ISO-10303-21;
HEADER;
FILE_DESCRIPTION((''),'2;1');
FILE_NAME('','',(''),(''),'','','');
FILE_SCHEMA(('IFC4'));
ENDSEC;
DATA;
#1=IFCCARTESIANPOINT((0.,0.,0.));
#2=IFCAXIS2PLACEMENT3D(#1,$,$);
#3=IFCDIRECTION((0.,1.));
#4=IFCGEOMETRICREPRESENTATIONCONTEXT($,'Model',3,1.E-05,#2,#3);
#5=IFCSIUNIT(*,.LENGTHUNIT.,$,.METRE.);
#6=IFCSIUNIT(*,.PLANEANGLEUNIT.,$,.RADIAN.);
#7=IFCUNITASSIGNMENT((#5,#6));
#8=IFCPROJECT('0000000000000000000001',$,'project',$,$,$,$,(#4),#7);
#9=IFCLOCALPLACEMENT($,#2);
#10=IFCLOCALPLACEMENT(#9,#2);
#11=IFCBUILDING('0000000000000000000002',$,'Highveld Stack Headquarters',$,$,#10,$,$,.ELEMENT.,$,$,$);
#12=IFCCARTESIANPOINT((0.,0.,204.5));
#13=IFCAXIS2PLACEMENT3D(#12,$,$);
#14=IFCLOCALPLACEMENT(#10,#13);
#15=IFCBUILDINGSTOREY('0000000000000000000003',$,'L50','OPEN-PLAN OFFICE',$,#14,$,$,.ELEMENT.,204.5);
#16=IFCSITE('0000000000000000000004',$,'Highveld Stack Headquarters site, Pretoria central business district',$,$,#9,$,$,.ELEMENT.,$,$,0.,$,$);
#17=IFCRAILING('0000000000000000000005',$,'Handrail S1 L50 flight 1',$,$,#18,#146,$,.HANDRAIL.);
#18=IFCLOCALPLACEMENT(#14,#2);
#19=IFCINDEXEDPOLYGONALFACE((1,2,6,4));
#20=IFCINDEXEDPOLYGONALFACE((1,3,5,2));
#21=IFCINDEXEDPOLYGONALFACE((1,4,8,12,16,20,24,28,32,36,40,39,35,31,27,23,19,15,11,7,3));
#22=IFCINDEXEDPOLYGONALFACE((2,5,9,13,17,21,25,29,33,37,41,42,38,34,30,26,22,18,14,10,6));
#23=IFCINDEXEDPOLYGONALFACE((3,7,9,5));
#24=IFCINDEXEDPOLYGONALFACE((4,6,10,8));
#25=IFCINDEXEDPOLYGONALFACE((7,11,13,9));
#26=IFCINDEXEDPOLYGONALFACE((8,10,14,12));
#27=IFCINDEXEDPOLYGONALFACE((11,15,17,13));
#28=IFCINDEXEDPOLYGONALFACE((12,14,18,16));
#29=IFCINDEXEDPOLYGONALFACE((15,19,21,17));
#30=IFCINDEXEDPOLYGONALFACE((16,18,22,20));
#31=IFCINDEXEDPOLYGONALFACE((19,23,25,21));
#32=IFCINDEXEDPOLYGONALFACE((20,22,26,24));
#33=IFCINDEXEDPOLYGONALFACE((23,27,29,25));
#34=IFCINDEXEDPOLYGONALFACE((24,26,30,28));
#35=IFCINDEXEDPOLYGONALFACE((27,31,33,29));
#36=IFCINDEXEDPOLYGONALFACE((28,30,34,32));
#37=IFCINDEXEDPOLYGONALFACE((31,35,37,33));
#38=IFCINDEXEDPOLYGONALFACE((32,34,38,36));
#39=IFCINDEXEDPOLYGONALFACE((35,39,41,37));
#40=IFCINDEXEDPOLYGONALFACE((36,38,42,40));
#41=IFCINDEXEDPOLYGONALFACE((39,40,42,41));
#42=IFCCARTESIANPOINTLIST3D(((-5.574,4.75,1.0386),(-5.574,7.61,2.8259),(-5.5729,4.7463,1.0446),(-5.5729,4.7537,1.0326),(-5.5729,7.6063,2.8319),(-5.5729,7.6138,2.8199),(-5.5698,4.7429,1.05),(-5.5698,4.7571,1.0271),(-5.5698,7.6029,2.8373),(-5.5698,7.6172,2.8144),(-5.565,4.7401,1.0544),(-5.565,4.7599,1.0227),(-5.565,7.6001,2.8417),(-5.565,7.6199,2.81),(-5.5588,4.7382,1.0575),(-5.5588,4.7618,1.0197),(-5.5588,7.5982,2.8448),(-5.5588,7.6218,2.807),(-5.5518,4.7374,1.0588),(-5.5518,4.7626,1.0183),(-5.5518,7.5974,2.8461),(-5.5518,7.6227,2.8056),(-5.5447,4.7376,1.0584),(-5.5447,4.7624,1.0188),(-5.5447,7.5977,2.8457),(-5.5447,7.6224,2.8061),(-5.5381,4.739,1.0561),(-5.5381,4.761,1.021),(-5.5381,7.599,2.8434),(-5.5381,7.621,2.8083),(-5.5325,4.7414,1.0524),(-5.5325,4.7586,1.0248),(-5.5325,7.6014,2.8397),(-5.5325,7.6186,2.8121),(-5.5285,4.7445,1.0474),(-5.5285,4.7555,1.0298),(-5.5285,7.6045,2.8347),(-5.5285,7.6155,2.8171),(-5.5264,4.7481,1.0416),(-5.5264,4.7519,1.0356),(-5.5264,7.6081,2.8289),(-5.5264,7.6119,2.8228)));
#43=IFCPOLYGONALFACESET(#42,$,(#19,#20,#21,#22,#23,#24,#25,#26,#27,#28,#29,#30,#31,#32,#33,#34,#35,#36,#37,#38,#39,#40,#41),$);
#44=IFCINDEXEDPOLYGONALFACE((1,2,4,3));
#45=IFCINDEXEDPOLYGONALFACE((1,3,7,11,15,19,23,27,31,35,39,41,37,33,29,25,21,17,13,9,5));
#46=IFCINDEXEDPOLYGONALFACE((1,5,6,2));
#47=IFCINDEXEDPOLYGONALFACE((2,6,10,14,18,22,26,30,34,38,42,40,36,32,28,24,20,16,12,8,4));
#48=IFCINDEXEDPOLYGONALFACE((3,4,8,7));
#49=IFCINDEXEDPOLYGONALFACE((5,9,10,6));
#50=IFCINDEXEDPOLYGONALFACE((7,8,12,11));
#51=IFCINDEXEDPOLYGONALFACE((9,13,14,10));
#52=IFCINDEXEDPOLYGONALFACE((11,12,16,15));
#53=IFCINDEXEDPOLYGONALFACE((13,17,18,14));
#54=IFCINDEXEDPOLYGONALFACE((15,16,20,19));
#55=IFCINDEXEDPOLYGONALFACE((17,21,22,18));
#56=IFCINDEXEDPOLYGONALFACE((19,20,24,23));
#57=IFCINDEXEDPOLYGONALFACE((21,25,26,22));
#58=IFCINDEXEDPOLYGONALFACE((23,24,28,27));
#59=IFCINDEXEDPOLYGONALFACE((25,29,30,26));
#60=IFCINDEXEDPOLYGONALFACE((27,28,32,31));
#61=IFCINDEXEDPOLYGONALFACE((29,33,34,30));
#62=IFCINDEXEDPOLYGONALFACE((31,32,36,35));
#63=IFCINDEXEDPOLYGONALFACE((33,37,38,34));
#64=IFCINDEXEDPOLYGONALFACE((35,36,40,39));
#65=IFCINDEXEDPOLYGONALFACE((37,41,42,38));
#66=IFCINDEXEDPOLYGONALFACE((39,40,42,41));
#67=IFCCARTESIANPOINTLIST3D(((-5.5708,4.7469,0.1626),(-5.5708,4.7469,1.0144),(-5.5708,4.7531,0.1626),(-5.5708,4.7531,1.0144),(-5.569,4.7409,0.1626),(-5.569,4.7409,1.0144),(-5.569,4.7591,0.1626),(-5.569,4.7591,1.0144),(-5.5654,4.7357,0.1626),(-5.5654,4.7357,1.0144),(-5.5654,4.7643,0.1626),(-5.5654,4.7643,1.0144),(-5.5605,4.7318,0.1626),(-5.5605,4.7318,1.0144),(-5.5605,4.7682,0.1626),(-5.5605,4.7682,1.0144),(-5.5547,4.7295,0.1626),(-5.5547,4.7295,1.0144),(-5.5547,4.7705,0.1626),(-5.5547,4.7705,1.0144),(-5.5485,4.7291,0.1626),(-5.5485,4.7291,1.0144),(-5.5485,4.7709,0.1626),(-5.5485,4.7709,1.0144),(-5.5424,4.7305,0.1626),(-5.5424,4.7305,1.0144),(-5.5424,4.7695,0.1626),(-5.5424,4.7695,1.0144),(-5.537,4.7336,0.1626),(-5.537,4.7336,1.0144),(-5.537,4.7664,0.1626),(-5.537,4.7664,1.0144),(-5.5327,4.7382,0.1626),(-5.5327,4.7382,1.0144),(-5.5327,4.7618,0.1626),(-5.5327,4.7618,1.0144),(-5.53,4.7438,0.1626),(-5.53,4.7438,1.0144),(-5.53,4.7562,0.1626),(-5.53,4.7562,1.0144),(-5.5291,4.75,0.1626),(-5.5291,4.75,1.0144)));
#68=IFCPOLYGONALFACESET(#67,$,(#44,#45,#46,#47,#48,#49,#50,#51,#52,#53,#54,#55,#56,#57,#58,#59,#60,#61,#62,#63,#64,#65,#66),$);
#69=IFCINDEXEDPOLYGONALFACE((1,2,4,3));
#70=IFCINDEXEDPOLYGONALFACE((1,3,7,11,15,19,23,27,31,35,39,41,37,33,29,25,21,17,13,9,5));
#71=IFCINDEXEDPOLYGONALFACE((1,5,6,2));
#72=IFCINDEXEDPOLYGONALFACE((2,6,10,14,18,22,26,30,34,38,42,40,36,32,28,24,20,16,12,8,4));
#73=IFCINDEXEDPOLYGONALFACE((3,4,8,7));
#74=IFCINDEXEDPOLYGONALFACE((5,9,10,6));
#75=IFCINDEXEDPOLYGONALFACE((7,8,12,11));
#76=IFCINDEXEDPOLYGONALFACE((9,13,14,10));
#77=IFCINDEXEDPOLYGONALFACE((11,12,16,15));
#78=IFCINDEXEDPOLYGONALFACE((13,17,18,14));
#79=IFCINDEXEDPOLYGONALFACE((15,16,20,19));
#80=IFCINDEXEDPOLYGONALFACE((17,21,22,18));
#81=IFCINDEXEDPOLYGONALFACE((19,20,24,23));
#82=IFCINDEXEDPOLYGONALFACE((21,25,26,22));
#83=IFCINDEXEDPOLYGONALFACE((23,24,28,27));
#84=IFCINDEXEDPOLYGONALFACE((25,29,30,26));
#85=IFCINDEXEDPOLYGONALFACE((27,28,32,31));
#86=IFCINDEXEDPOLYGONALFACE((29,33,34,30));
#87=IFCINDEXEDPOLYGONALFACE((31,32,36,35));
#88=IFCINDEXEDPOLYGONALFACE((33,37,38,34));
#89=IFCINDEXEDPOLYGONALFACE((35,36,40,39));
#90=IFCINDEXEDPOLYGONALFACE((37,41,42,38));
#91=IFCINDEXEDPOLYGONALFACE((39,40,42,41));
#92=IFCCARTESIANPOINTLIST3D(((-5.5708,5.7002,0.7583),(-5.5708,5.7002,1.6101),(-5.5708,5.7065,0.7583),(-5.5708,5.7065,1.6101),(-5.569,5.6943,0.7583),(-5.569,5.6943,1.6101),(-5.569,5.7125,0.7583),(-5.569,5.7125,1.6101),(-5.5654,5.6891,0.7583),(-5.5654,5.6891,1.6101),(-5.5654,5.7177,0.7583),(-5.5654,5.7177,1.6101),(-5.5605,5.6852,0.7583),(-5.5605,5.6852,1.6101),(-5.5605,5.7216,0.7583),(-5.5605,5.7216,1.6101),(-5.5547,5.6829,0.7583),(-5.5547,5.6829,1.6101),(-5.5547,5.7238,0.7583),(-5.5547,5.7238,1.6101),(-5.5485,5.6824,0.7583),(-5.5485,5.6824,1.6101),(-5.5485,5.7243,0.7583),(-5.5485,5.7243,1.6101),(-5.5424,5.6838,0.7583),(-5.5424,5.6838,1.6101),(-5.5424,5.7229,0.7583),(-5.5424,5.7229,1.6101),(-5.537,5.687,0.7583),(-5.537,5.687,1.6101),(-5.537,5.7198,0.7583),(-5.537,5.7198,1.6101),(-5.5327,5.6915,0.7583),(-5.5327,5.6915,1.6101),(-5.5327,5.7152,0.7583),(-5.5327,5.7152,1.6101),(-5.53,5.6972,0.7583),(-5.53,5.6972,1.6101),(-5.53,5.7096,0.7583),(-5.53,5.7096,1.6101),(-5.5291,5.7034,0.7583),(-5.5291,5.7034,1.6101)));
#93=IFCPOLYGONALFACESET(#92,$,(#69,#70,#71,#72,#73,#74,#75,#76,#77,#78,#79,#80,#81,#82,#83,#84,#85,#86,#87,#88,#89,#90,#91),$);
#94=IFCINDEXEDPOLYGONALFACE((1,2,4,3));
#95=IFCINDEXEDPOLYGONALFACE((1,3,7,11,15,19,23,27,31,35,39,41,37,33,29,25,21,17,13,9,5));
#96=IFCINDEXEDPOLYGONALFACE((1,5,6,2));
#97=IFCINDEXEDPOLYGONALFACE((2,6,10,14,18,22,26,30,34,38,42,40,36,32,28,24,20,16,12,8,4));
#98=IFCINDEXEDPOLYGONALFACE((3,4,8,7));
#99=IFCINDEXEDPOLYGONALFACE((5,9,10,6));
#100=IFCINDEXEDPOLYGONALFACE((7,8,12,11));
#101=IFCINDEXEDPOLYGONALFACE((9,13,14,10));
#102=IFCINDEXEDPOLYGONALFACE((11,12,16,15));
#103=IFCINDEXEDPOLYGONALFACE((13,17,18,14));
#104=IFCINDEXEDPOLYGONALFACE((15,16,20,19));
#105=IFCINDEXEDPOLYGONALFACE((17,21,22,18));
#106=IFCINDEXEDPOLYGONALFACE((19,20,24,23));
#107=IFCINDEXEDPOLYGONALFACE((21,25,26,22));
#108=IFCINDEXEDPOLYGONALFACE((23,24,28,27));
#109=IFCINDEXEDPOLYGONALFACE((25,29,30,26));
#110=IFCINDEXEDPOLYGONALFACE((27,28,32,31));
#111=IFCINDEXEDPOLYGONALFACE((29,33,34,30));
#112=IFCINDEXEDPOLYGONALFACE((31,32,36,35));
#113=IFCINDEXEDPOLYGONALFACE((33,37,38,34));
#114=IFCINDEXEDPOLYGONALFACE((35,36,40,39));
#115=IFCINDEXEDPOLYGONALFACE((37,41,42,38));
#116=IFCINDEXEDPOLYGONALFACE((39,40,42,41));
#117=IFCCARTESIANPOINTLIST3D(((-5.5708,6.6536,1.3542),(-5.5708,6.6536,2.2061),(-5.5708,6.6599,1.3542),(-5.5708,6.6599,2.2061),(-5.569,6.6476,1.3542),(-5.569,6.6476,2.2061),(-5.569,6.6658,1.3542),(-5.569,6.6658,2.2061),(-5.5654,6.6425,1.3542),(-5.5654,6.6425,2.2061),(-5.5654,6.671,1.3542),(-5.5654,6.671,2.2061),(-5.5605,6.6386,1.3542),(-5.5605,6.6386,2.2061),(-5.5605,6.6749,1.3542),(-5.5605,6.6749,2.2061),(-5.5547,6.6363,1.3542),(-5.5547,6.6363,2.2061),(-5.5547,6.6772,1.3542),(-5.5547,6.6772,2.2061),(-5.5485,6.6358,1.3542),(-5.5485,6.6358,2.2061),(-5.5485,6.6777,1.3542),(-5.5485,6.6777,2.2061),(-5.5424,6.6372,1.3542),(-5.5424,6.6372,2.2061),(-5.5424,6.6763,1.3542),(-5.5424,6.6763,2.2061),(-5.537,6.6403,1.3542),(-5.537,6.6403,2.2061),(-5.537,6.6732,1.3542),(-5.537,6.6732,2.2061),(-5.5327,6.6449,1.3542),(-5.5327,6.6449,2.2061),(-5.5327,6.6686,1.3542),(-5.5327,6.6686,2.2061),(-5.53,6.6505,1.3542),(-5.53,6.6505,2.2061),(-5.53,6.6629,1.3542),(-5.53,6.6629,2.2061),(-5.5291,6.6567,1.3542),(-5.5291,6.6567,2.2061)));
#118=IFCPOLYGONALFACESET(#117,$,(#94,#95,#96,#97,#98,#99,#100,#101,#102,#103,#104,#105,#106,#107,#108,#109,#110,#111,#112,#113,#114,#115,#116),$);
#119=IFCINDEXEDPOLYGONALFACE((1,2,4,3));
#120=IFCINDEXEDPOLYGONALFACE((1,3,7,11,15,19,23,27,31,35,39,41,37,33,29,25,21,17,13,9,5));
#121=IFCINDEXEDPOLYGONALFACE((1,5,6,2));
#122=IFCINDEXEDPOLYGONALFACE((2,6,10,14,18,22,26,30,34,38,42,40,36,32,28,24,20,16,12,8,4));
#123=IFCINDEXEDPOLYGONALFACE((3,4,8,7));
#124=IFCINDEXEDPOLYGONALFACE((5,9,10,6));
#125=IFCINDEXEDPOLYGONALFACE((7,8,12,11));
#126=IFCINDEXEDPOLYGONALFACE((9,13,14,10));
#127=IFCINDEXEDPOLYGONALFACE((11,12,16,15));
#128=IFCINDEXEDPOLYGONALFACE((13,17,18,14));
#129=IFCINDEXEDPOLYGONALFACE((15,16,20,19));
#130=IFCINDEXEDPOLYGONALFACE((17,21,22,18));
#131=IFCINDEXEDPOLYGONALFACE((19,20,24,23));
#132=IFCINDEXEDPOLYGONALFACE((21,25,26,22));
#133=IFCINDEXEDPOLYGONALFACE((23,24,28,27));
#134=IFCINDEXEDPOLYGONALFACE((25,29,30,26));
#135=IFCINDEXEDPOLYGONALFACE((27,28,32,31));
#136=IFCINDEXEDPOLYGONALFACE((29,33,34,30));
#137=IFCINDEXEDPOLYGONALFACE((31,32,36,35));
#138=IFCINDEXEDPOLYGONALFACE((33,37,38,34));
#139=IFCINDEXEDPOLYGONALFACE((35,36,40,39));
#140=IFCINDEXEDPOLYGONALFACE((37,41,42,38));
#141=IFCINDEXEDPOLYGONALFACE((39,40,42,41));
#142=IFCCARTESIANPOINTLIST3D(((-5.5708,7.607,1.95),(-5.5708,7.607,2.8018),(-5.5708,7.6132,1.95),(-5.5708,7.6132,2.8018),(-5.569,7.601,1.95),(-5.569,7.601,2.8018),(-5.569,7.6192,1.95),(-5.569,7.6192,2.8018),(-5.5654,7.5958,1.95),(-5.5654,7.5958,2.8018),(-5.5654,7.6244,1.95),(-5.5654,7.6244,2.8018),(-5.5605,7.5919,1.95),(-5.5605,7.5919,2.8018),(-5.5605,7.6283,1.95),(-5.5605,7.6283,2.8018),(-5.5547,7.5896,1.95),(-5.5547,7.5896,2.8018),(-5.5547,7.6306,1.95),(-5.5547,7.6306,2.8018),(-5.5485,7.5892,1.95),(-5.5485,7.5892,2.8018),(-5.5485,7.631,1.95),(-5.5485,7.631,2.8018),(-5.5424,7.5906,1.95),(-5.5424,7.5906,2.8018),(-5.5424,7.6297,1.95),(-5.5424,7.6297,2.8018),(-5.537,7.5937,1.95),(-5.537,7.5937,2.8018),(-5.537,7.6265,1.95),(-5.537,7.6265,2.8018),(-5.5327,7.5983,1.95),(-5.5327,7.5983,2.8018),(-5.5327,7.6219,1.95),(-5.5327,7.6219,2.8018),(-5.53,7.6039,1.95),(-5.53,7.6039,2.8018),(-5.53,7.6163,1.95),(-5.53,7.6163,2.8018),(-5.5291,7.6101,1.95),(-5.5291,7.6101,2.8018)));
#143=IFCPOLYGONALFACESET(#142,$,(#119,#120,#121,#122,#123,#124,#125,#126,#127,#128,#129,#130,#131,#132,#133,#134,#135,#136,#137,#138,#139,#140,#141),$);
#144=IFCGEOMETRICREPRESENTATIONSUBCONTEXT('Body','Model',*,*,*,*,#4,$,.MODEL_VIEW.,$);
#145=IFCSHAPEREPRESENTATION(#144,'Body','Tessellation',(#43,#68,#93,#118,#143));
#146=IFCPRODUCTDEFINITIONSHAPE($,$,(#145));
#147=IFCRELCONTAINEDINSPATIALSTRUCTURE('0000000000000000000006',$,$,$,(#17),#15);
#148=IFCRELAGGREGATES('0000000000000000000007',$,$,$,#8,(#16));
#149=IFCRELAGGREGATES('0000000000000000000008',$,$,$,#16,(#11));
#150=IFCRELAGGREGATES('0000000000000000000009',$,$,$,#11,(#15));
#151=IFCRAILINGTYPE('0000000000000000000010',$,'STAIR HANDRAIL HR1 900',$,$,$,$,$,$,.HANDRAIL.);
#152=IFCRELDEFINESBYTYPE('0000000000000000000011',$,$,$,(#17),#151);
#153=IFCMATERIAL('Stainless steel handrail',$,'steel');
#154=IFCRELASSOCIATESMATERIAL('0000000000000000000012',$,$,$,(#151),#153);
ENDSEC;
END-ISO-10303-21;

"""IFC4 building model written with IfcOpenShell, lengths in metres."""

from ifc_helpers import new_model, si_unit, direction, frame, origin, origin_2d, place, context, subcontext, project, spatial, circle, extrude, material, type_object, element, save


model = new_model("IFC4")

# Units and contexts
model_context = context("Model", 3, precision=1e-05, world=origin(), true_north=direction((0.0, 1.0)))
body_context = subcontext(model_context, "Body", "Model", "MODEL_VIEW")
ifc_project = project(units=[si_unit("LENGTHUNIT", "METRE"), si_unit("PLANEANGLEUNIT", "RADIAN")], contexts=[model_context])

# Site, building, storey
site_placement = place(None, origin())
site = spatial("IfcSite", under=ifc_project, at=site_placement, Name="Highveld Stack Headquarters site, Pretoria central business district", CompositionType="ELEMENT", RefElevation=0.0)
building_placement = place(site_placement, origin())
building = spatial("IfcBuilding", under=site, at=building_placement, Name="Highveld Stack Headquarters", CompositionType="ELEMENT")
storey_placement = place(building_placement, frame((0.0, 0.0, 204.5)))
storey = spatial("IfcBuildingStorey", under=building, at=storey_placement, Name="L50", Description="OPEN-PLAN OFFICE", CompositionType="ELEMENT", Elevation=204.5)

# Railing
ifc_material_1 = material(Name="Stainless steel handrail", Category="steel")
railing_type = type_object("IfcRailingType", Name="STAIR HANDRAIL HR1 900", PredefinedType="HANDRAIL", material=ifc_material_1)
for number, where, name in (
    (1, (-5.55, 4.75, 0.1626), "Handrail S1 L50 flight 1"),
):
    element("IfcRailing", number, at=place(storey_placement, frame(where)), inside=storey, type_object=railing_type, Name=name, PredefinedType="HANDRAIL", context=body_context, shape_type="SweptSolid", body=[
        extrude(circle(Radius=0.0239, at=origin_2d()), frame((0.0, 0.0, 0.876), z_axis=(0.0, 0.848027, 0.529953), x_axis=(-1.0, 0.0, 0.0)), (0.0, 0.0, 1.0), 3.3726),
        extrude(circle(Radius=0.021, at=origin_2d()), origin(), (0.0, 0.0, 1.0), 0.8518),
        extrude(circle(Radius=0.021, at=origin_2d()), frame((0.0, 0.9534, 0.5957)), (0.0, 0.0, 1.0), 0.8518),
        extrude(circle(Radius=0.021, at=origin_2d()), frame((0.0, 1.9067, 1.1917)), (0.0, 0.0, 1.0), 0.8518),
        extrude(circle(Radius=0.021, at=origin_2d()), frame((0.0, 2.8601, 1.7874)), (0.0, 0.0, 1.0), 0.8518),
    ])

save(model, "model.ifc")
